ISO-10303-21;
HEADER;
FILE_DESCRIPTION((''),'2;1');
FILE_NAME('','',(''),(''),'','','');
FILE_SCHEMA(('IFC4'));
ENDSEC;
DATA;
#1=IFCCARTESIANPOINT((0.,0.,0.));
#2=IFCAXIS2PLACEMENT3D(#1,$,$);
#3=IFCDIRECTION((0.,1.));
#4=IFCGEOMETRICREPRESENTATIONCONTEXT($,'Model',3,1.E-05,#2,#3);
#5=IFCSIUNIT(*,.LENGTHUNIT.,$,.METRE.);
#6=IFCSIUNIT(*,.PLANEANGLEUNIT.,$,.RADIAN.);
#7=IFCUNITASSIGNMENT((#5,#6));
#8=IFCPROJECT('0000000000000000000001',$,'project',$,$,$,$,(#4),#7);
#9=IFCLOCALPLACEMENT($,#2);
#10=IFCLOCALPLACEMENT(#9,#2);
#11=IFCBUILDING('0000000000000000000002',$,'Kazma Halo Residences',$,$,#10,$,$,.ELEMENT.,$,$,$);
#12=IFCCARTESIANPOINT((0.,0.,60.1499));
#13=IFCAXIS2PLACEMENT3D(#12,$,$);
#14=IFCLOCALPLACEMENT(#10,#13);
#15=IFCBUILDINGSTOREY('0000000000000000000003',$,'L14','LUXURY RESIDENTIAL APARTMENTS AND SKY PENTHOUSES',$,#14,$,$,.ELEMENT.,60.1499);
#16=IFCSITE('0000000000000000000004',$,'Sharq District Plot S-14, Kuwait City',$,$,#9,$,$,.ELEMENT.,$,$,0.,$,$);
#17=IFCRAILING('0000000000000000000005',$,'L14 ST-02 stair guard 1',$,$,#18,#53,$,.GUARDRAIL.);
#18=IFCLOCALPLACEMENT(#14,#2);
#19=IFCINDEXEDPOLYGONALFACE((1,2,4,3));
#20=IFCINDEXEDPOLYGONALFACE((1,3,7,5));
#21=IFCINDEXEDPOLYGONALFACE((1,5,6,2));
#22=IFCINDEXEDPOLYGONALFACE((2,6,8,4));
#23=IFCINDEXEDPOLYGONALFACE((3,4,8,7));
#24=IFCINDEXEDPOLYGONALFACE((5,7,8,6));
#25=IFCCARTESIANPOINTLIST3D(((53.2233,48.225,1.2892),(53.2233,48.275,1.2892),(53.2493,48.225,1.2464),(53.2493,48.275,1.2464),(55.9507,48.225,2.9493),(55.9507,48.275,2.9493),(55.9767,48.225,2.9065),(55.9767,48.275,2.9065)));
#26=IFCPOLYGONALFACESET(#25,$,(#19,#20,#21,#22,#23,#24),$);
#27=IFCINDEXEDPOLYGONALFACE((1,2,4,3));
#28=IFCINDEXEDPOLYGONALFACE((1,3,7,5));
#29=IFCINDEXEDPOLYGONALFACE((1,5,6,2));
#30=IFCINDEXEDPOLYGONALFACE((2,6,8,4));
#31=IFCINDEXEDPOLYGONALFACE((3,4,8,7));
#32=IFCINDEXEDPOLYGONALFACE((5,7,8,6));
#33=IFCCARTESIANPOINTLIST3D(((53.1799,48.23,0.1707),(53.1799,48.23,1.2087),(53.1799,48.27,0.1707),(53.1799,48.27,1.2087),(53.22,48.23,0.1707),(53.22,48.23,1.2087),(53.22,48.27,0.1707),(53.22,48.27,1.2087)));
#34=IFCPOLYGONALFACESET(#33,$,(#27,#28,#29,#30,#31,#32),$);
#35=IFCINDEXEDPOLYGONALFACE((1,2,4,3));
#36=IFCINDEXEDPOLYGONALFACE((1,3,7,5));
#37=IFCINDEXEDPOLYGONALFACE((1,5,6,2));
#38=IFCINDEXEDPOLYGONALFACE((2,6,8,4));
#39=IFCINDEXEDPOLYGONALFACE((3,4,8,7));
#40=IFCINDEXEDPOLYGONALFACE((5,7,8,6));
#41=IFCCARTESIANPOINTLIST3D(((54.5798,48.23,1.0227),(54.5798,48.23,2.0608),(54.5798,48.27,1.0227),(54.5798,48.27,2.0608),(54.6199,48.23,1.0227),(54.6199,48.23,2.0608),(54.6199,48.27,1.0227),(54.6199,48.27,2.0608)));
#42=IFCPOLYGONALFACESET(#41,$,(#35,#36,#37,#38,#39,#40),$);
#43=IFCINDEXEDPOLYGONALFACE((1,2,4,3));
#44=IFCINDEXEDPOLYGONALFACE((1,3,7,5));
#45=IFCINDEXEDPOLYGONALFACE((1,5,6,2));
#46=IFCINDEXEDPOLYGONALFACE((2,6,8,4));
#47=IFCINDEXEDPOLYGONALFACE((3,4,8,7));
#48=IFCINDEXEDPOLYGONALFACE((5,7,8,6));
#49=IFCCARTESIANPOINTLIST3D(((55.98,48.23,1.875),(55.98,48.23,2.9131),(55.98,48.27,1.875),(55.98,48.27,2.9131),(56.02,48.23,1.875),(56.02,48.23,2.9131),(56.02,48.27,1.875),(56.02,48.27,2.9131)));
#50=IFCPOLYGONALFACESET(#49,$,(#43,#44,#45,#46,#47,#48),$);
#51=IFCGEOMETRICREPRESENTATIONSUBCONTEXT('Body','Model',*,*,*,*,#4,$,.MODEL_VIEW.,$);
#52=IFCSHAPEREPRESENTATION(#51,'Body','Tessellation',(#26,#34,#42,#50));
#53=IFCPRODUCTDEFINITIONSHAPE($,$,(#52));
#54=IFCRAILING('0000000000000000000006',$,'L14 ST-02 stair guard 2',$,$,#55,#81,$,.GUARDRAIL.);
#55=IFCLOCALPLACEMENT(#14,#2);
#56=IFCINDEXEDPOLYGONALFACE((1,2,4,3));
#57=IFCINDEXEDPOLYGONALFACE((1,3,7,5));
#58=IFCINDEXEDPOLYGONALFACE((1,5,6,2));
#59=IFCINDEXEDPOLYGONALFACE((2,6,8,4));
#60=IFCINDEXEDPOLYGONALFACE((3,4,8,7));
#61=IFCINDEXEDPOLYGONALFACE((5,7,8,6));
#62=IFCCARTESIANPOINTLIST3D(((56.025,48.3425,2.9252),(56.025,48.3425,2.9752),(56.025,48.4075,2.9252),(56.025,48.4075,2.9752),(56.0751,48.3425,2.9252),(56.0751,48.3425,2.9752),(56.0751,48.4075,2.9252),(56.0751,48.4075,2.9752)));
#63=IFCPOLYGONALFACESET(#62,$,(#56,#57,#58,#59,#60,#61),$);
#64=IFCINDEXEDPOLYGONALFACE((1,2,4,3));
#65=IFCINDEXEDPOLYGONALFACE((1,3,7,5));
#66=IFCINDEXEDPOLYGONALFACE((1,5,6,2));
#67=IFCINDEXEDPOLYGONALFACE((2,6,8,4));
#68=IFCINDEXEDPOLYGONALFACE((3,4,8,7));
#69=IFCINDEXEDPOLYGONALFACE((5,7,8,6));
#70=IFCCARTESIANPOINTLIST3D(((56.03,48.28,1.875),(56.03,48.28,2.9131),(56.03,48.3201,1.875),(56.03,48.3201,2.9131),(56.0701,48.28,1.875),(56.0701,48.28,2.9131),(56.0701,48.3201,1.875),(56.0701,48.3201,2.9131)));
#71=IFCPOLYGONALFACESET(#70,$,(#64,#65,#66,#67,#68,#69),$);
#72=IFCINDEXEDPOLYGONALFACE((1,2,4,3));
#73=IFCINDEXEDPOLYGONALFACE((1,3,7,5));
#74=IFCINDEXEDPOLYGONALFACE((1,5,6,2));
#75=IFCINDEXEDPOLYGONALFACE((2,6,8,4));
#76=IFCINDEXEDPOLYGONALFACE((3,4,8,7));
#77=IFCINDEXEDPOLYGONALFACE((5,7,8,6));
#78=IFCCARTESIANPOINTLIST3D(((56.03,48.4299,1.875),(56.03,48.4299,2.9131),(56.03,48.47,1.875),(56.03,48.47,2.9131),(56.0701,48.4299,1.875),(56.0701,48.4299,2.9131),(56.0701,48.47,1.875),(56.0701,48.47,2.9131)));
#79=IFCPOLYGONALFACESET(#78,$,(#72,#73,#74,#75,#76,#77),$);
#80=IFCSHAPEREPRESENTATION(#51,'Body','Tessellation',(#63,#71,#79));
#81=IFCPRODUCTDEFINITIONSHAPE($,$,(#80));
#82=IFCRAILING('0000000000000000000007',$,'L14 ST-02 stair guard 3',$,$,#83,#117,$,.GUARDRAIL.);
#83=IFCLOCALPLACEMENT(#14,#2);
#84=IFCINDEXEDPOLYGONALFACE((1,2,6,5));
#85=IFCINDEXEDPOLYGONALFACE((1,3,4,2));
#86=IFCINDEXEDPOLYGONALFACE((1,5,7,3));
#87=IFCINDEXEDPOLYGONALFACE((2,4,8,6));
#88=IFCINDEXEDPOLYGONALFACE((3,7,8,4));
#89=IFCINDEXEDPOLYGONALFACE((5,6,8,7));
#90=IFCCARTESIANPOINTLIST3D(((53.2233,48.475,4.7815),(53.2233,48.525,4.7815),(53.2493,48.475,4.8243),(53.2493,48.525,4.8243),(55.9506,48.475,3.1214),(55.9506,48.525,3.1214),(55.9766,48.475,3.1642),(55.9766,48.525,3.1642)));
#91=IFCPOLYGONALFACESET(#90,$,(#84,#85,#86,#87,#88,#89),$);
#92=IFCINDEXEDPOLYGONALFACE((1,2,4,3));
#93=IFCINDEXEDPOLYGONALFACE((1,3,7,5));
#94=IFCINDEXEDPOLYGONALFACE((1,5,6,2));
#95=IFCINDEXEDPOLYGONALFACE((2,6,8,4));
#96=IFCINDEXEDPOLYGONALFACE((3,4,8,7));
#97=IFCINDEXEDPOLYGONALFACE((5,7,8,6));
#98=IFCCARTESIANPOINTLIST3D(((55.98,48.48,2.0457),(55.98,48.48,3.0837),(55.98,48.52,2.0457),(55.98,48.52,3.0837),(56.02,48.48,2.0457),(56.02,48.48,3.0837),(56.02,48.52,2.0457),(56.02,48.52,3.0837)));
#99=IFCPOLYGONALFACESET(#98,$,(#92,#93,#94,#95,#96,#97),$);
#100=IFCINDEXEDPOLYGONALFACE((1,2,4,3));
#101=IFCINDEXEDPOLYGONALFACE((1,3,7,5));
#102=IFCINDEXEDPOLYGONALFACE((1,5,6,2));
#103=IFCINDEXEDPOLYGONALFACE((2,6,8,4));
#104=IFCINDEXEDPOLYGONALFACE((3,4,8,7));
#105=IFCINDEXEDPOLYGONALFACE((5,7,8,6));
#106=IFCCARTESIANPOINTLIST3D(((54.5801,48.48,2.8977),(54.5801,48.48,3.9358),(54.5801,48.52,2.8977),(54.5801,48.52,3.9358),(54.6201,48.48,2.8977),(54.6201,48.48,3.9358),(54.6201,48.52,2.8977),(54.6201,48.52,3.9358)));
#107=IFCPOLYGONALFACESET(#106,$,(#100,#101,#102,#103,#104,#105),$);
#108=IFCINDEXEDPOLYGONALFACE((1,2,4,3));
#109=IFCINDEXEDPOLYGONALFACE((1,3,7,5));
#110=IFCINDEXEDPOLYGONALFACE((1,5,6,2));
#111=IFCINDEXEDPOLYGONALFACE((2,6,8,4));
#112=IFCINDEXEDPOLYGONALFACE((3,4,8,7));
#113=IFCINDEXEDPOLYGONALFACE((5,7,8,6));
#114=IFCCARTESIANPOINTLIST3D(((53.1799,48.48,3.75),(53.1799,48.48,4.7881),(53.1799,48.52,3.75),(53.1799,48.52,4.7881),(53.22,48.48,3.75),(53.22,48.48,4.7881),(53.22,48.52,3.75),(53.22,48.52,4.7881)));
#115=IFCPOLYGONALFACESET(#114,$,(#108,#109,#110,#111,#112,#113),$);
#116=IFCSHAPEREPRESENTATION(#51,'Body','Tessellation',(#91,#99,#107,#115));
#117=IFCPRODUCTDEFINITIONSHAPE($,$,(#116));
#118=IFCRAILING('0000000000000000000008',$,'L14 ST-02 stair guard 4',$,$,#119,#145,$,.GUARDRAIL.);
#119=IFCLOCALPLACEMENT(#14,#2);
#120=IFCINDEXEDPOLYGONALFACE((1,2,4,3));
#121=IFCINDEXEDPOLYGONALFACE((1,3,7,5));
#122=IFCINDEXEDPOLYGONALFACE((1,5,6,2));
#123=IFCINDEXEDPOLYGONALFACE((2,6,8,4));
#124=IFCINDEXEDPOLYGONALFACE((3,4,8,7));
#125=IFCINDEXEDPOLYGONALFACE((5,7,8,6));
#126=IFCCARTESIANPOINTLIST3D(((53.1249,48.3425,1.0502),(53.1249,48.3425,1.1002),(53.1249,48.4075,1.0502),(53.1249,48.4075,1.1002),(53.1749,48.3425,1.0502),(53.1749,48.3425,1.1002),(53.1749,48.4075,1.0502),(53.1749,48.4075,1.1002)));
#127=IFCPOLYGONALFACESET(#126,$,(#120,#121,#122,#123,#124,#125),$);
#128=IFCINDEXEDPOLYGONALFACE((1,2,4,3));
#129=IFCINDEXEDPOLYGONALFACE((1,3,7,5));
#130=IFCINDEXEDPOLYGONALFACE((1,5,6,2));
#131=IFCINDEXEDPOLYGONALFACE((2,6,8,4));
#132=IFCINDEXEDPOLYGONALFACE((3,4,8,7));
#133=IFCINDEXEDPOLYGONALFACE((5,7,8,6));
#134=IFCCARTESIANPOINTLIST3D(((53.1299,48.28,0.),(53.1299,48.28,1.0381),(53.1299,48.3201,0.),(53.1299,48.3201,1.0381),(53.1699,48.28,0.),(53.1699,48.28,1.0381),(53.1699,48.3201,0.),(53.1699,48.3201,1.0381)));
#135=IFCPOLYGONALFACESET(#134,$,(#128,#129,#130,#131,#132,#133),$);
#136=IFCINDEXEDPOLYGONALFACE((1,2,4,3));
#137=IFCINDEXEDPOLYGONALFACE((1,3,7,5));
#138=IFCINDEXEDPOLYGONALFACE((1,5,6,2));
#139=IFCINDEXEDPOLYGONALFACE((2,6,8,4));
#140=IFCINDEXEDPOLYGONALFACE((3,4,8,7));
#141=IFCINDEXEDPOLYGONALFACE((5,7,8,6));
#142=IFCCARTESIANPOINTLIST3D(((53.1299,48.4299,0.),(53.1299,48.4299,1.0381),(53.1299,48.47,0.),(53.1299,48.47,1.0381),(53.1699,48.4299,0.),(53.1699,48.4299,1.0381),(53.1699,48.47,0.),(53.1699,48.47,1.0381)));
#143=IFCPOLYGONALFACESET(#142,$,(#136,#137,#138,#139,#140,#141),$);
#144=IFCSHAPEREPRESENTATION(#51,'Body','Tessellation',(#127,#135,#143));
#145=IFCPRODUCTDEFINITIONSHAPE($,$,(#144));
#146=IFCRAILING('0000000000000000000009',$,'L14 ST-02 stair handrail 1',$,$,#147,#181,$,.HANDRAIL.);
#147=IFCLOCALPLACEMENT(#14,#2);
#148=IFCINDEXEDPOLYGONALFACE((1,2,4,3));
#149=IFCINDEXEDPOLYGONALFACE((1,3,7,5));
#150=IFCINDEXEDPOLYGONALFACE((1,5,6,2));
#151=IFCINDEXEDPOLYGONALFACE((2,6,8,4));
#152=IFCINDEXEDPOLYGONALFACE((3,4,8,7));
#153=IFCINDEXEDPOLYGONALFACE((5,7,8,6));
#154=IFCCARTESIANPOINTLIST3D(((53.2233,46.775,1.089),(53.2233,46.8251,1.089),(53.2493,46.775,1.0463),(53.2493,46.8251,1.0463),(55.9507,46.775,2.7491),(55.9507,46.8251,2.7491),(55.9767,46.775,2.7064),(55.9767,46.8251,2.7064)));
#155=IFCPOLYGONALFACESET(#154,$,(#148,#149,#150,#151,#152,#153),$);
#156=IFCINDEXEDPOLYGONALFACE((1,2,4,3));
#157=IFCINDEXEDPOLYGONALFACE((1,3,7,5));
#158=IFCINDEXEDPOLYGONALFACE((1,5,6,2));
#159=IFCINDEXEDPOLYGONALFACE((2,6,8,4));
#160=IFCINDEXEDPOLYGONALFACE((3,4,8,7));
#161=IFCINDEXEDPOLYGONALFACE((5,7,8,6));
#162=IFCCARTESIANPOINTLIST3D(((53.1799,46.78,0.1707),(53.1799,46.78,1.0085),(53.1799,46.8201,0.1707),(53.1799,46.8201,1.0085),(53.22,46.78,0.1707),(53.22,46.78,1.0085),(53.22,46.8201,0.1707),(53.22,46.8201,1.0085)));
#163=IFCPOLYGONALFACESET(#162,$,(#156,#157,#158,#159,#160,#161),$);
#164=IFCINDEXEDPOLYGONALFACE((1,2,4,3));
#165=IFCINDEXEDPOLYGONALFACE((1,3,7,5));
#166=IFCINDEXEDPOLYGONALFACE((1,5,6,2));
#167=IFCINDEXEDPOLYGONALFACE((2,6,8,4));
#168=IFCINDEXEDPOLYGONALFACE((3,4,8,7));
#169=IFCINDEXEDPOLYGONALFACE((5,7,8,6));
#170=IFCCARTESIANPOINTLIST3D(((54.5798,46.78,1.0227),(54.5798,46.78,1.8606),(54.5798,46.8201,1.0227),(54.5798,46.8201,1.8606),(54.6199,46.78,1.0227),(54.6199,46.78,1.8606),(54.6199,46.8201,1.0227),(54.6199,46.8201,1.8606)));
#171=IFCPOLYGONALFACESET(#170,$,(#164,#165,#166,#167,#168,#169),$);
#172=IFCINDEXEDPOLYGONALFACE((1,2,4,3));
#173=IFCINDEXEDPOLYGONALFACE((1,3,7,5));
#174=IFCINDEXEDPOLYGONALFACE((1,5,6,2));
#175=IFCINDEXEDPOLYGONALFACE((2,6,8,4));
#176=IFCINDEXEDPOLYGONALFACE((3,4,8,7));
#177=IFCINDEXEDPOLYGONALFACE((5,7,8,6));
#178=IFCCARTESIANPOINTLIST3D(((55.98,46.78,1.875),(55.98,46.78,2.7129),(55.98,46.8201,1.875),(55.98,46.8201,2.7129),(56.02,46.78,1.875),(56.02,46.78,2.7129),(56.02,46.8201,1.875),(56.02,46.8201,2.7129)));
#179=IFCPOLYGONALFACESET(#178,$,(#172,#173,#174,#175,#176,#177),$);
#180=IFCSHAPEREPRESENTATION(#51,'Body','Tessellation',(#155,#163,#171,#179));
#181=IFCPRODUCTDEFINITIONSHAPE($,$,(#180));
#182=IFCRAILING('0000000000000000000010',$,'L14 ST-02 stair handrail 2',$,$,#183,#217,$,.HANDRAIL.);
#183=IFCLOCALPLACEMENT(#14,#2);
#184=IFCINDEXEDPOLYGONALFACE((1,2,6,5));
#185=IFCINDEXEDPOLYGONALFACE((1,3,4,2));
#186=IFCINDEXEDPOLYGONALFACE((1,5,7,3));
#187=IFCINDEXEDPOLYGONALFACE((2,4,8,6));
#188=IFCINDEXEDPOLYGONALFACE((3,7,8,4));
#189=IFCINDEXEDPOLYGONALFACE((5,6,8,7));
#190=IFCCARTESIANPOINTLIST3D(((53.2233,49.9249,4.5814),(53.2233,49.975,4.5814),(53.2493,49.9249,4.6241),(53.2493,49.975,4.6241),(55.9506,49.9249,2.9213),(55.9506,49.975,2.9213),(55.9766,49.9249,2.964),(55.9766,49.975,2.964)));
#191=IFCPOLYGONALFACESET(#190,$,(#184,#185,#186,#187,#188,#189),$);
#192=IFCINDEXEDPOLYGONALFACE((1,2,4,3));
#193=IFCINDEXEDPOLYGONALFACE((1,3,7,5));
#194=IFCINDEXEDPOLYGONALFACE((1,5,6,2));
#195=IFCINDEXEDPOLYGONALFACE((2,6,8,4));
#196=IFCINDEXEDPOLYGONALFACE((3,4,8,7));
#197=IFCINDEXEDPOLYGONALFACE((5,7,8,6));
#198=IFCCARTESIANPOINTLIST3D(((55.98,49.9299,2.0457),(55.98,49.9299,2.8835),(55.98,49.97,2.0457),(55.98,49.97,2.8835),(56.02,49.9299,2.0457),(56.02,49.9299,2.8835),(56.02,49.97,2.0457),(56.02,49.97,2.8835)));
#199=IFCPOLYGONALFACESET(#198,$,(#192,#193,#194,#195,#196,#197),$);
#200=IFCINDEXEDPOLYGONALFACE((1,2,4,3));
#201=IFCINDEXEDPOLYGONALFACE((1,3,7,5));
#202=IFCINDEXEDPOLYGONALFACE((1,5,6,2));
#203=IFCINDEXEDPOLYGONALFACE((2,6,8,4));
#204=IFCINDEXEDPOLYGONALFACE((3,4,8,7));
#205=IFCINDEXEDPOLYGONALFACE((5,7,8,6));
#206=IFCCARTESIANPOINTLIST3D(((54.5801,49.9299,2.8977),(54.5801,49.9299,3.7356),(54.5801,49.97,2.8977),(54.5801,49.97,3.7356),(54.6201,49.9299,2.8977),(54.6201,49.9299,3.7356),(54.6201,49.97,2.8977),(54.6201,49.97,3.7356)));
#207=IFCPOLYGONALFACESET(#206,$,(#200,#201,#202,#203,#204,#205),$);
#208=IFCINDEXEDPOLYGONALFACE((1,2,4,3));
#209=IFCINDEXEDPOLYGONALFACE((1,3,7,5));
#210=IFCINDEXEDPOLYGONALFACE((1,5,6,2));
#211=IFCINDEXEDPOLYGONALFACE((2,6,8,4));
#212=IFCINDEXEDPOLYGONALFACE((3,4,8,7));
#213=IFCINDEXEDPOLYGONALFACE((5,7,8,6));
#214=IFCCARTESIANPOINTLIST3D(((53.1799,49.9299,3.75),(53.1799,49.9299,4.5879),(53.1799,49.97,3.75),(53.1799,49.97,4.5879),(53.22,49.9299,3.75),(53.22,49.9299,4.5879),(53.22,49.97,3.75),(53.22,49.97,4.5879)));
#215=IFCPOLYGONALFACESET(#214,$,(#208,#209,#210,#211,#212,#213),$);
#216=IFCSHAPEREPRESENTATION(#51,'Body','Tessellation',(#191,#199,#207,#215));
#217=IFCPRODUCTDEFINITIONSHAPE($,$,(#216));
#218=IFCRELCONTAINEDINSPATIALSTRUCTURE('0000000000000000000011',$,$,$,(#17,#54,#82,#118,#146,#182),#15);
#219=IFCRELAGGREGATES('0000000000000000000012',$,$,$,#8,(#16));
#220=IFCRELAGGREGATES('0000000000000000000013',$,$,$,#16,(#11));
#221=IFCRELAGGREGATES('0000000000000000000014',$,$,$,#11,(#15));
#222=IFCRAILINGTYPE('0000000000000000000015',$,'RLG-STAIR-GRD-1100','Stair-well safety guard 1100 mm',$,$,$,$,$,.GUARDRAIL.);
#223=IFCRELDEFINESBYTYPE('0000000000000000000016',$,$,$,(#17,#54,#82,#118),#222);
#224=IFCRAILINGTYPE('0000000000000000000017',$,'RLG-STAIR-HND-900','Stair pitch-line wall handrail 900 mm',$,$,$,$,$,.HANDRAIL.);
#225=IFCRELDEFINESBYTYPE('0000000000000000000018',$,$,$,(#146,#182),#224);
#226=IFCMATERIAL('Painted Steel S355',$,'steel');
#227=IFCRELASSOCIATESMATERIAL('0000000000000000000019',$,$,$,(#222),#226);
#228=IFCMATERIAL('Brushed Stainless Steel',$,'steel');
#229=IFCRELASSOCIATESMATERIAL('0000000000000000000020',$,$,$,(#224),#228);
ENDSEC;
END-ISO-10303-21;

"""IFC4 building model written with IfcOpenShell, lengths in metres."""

from ifc_helpers import new_model, si_unit, direction, frame, origin, origin_2d, place, context, subcontext, project, spatial, rectangle, extrude, material, type_object, element, save


model = new_model("IFC4")

# Units and contexts
model_context = context("Model", 3, precision=1e-05, world=origin(), true_north=direction((0.0, 1.0)))
body_context = subcontext(model_context, "Body", "Model", "MODEL_VIEW")
ifc_project = project(units=[si_unit("LENGTHUNIT", "METRE"), si_unit("PLANEANGLEUNIT", "RADIAN")], contexts=[model_context])

# Site, building, storey
site_placement = place(None, origin())
site = spatial("IfcSite", under=ifc_project, at=site_placement, Name="Sharq District Plot S-14, Kuwait City", CompositionType="ELEMENT", RefElevation=0.0)
building_placement = place(site_placement, origin())
building = spatial("IfcBuilding", under=site, at=building_placement, Name="Kazma Halo Residences", CompositionType="ELEMENT")
storey_placement = place(building_placement, frame((0.0, 0.0, 60.1499)))
storey = spatial("IfcBuildingStorey", under=building, at=storey_placement, Name="L14", Description="LUXURY RESIDENTIAL APARTMENTS AND SKY PENTHOUSES", CompositionType="ELEMENT", Elevation=60.1499)

# Railings
ifc_material_1 = material(Name="Painted Steel S355", Category="steel")
railing_type_1 = type_object("IfcRailingType", Name="RLG-STAIR-GRD-1100", Description="Stair-well safety guard 1100 mm", PredefinedType="GUARDRAIL", material=ifc_material_1)
railing_1_placement = place(storey_placement, frame((53.2, 48.25, 0.1707)))
element("IfcRailing", 1, at=railing_1_placement, inside=storey, type_object=railing_type_1, Name="L14 ST-02 stair guard 1", PredefinedType="GUARDRAIL", context=body_context, shape_type="SweptSolid", body=[
    extrude(rectangle(XDim=0.05, YDim=0.05, at=origin_2d()), frame((0.0364, 0.0, 1.0972), z_axis=(0.854203, 0.0, 0.51994), x_axis=(0.0, 1.0, 0.0)), (0.0, 0.0, 1.0), 3.1929),
    extrude(rectangle(XDim=0.04, YDim=0.04, at=origin_2d()), origin(), (0.0, 0.0, 1.0), 1.0381),
    extrude(rectangle(XDim=0.04, YDim=0.04, at=origin_2d()), frame((1.3999, 0.0, 0.8521)), (0.0, 0.0, 1.0), 1.0381),
    extrude(rectangle(XDim=0.04, YDim=0.04, at=origin_2d()), frame((2.8, 0.0, 1.7043)), (0.0, 0.0, 1.0), 1.0381),
])
railing_2_placement = place(storey_placement, frame((56.05, 48.3, 1.875)))
element("IfcRailing", 2, at=railing_2_placement, inside=storey, type_object=railing_type_1, Name="L14 ST-02 stair guard 2", PredefinedType="GUARDRAIL", context=body_context, shape_type="SweptSolid", body=[
    extrude(rectangle(XDim=0.05, YDim=0.05, at=origin_2d()), frame((0.0, 0.0425, 1.0752), z_axis=(0.0, 1.0, 0.0), x_axis=(-1.0, 0.0, 0.0)), (0.0, 0.0, 1.0), 0.0649),
    extrude(rectangle(XDim=0.04, YDim=0.04, at=origin_2d()), origin(), (0.0, 0.0, 1.0), 1.0381),
    extrude(rectangle(XDim=0.04, YDim=0.04, at=origin_2d()), frame((0.0, 0.1499, 0.0)), (0.0, 0.0, 1.0), 1.0381),
])
railing_3_placement = place(storey_placement, frame((56.0, 48.5, 2.0457)))
element("IfcRailing", 3, at=railing_3_placement, inside=storey, type_object=railing_type_1, Name="L14 ST-02 stair guard 3", PredefinedType="GUARDRAIL", context=body_context, shape_type="SweptSolid", body=[
    extrude(rectangle(XDim=0.05, YDim=0.05, at=origin_2d()), frame((-0.0364, 0.0, 1.0972), z_axis=(-0.854203, 0.0, 0.51994), x_axis=(0.0, -1.0, 0.0)), (0.0, 0.0, 1.0), 3.1929),
    extrude(rectangle(XDim=0.04, YDim=0.04, at=origin_2d()), origin(), (0.0, 0.0, 1.0), 1.0381),
    extrude(rectangle(XDim=0.04, YDim=0.04, at=origin_2d()), frame((-1.3999, 0.0, 0.8521)), (0.0, 0.0, 1.0), 1.0381),
    extrude(rectangle(XDim=0.04, YDim=0.04, at=origin_2d()), frame((-2.8, 0.0, 1.7043)), (0.0, 0.0, 1.0), 1.0381),
])
railing_4_placement = place(storey_placement, frame((53.1499, 48.3, 0.0)))
element("IfcRailing", 4, at=railing_4_placement, inside=storey, type_object=railing_type_1, Name="L14 ST-02 stair guard 4", PredefinedType="GUARDRAIL", context=body_context, shape_type="SweptSolid", body=[
    extrude(rectangle(XDim=0.05, YDim=0.05, at=origin_2d()), frame((0.0, 0.0425, 1.0752), z_axis=(0.0, 1.0, 0.0), x_axis=(-1.0, 0.0, 0.0)), (0.0, 0.0, 1.0), 0.0649),
    extrude(rectangle(XDim=0.04, YDim=0.04, at=origin_2d()), origin(), (0.0, 0.0, 1.0), 1.0381),
    extrude(rectangle(XDim=0.04, YDim=0.04, at=origin_2d()), frame((0.0, 0.1499, 0.0)), (0.0, 0.0, 1.0), 1.0381),
])
ifc_material_2 = material(Name="Brushed Stainless Steel", Category="steel")
railing_type_2 = type_object("IfcRailingType", Name="RLG-STAIR-HND-900", Description="Stair pitch-line wall handrail 900 mm", PredefinedType="HANDRAIL", material=ifc_material_2)
railing_5_placement = place(storey_placement, frame((53.2, 46.8, 0.1707)))
element("IfcRailing", 5, at=railing_5_placement, inside=storey, type_object=railing_type_2, Name="L14 ST-02 stair handrail 1", PredefinedType="HANDRAIL", context=body_context, shape_type="SweptSolid", body=[
    extrude(rectangle(XDim=0.05, YDim=0.05, at=origin_2d()), frame((0.0364, 0.0, 0.897), z_axis=(0.854203, 0.0, 0.51994), x_axis=(0.0, 1.0, 0.0)), (0.0, 0.0, 1.0), 3.1929),
    extrude(rectangle(XDim=0.04, YDim=0.04, at=origin_2d()), origin(), (0.0, 0.0, 1.0), 0.8379),
    extrude(rectangle(XDim=0.04, YDim=0.04, at=origin_2d()), frame((1.3999, 0.0, 0.8521)), (0.0, 0.0, 1.0), 0.8379),
    extrude(rectangle(XDim=0.04, YDim=0.04, at=origin_2d()), frame((2.8, 0.0, 1.7043)), (0.0, 0.0, 1.0), 0.8379),
])
railing_6_placement = place(storey_placement, frame((56.0, 49.95, 2.0457)))
element("IfcRailing", 6, at=railing_6_placement, inside=storey, type_object=railing_type_2, Name="L14 ST-02 stair handrail 2", PredefinedType="HANDRAIL", context=body_context, shape_type="SweptSolid", body=[
    extrude(rectangle(XDim=0.05, YDim=0.05, at=origin_2d()), frame((-0.0364, 0.0, 0.897), z_axis=(-0.854203, 0.0, 0.51994), x_axis=(0.0, -1.0, 0.0)), (0.0, 0.0, 1.0), 3.1929),
    extrude(rectangle(XDim=0.04, YDim=0.04, at=origin_2d()), origin(), (0.0, 0.0, 1.0), 0.8379),
    extrude(rectangle(XDim=0.04, YDim=0.04, at=origin_2d()), frame((-1.3999, 0.0, 0.8521)), (0.0, 0.0, 1.0), 0.8379),
    extrude(rectangle(XDim=0.04, YDim=0.04, at=origin_2d()), frame((-2.8, 0.0, 1.7043)), (0.0, 0.0, 1.0), 0.8379),
])

save(model, "model.ifc")
